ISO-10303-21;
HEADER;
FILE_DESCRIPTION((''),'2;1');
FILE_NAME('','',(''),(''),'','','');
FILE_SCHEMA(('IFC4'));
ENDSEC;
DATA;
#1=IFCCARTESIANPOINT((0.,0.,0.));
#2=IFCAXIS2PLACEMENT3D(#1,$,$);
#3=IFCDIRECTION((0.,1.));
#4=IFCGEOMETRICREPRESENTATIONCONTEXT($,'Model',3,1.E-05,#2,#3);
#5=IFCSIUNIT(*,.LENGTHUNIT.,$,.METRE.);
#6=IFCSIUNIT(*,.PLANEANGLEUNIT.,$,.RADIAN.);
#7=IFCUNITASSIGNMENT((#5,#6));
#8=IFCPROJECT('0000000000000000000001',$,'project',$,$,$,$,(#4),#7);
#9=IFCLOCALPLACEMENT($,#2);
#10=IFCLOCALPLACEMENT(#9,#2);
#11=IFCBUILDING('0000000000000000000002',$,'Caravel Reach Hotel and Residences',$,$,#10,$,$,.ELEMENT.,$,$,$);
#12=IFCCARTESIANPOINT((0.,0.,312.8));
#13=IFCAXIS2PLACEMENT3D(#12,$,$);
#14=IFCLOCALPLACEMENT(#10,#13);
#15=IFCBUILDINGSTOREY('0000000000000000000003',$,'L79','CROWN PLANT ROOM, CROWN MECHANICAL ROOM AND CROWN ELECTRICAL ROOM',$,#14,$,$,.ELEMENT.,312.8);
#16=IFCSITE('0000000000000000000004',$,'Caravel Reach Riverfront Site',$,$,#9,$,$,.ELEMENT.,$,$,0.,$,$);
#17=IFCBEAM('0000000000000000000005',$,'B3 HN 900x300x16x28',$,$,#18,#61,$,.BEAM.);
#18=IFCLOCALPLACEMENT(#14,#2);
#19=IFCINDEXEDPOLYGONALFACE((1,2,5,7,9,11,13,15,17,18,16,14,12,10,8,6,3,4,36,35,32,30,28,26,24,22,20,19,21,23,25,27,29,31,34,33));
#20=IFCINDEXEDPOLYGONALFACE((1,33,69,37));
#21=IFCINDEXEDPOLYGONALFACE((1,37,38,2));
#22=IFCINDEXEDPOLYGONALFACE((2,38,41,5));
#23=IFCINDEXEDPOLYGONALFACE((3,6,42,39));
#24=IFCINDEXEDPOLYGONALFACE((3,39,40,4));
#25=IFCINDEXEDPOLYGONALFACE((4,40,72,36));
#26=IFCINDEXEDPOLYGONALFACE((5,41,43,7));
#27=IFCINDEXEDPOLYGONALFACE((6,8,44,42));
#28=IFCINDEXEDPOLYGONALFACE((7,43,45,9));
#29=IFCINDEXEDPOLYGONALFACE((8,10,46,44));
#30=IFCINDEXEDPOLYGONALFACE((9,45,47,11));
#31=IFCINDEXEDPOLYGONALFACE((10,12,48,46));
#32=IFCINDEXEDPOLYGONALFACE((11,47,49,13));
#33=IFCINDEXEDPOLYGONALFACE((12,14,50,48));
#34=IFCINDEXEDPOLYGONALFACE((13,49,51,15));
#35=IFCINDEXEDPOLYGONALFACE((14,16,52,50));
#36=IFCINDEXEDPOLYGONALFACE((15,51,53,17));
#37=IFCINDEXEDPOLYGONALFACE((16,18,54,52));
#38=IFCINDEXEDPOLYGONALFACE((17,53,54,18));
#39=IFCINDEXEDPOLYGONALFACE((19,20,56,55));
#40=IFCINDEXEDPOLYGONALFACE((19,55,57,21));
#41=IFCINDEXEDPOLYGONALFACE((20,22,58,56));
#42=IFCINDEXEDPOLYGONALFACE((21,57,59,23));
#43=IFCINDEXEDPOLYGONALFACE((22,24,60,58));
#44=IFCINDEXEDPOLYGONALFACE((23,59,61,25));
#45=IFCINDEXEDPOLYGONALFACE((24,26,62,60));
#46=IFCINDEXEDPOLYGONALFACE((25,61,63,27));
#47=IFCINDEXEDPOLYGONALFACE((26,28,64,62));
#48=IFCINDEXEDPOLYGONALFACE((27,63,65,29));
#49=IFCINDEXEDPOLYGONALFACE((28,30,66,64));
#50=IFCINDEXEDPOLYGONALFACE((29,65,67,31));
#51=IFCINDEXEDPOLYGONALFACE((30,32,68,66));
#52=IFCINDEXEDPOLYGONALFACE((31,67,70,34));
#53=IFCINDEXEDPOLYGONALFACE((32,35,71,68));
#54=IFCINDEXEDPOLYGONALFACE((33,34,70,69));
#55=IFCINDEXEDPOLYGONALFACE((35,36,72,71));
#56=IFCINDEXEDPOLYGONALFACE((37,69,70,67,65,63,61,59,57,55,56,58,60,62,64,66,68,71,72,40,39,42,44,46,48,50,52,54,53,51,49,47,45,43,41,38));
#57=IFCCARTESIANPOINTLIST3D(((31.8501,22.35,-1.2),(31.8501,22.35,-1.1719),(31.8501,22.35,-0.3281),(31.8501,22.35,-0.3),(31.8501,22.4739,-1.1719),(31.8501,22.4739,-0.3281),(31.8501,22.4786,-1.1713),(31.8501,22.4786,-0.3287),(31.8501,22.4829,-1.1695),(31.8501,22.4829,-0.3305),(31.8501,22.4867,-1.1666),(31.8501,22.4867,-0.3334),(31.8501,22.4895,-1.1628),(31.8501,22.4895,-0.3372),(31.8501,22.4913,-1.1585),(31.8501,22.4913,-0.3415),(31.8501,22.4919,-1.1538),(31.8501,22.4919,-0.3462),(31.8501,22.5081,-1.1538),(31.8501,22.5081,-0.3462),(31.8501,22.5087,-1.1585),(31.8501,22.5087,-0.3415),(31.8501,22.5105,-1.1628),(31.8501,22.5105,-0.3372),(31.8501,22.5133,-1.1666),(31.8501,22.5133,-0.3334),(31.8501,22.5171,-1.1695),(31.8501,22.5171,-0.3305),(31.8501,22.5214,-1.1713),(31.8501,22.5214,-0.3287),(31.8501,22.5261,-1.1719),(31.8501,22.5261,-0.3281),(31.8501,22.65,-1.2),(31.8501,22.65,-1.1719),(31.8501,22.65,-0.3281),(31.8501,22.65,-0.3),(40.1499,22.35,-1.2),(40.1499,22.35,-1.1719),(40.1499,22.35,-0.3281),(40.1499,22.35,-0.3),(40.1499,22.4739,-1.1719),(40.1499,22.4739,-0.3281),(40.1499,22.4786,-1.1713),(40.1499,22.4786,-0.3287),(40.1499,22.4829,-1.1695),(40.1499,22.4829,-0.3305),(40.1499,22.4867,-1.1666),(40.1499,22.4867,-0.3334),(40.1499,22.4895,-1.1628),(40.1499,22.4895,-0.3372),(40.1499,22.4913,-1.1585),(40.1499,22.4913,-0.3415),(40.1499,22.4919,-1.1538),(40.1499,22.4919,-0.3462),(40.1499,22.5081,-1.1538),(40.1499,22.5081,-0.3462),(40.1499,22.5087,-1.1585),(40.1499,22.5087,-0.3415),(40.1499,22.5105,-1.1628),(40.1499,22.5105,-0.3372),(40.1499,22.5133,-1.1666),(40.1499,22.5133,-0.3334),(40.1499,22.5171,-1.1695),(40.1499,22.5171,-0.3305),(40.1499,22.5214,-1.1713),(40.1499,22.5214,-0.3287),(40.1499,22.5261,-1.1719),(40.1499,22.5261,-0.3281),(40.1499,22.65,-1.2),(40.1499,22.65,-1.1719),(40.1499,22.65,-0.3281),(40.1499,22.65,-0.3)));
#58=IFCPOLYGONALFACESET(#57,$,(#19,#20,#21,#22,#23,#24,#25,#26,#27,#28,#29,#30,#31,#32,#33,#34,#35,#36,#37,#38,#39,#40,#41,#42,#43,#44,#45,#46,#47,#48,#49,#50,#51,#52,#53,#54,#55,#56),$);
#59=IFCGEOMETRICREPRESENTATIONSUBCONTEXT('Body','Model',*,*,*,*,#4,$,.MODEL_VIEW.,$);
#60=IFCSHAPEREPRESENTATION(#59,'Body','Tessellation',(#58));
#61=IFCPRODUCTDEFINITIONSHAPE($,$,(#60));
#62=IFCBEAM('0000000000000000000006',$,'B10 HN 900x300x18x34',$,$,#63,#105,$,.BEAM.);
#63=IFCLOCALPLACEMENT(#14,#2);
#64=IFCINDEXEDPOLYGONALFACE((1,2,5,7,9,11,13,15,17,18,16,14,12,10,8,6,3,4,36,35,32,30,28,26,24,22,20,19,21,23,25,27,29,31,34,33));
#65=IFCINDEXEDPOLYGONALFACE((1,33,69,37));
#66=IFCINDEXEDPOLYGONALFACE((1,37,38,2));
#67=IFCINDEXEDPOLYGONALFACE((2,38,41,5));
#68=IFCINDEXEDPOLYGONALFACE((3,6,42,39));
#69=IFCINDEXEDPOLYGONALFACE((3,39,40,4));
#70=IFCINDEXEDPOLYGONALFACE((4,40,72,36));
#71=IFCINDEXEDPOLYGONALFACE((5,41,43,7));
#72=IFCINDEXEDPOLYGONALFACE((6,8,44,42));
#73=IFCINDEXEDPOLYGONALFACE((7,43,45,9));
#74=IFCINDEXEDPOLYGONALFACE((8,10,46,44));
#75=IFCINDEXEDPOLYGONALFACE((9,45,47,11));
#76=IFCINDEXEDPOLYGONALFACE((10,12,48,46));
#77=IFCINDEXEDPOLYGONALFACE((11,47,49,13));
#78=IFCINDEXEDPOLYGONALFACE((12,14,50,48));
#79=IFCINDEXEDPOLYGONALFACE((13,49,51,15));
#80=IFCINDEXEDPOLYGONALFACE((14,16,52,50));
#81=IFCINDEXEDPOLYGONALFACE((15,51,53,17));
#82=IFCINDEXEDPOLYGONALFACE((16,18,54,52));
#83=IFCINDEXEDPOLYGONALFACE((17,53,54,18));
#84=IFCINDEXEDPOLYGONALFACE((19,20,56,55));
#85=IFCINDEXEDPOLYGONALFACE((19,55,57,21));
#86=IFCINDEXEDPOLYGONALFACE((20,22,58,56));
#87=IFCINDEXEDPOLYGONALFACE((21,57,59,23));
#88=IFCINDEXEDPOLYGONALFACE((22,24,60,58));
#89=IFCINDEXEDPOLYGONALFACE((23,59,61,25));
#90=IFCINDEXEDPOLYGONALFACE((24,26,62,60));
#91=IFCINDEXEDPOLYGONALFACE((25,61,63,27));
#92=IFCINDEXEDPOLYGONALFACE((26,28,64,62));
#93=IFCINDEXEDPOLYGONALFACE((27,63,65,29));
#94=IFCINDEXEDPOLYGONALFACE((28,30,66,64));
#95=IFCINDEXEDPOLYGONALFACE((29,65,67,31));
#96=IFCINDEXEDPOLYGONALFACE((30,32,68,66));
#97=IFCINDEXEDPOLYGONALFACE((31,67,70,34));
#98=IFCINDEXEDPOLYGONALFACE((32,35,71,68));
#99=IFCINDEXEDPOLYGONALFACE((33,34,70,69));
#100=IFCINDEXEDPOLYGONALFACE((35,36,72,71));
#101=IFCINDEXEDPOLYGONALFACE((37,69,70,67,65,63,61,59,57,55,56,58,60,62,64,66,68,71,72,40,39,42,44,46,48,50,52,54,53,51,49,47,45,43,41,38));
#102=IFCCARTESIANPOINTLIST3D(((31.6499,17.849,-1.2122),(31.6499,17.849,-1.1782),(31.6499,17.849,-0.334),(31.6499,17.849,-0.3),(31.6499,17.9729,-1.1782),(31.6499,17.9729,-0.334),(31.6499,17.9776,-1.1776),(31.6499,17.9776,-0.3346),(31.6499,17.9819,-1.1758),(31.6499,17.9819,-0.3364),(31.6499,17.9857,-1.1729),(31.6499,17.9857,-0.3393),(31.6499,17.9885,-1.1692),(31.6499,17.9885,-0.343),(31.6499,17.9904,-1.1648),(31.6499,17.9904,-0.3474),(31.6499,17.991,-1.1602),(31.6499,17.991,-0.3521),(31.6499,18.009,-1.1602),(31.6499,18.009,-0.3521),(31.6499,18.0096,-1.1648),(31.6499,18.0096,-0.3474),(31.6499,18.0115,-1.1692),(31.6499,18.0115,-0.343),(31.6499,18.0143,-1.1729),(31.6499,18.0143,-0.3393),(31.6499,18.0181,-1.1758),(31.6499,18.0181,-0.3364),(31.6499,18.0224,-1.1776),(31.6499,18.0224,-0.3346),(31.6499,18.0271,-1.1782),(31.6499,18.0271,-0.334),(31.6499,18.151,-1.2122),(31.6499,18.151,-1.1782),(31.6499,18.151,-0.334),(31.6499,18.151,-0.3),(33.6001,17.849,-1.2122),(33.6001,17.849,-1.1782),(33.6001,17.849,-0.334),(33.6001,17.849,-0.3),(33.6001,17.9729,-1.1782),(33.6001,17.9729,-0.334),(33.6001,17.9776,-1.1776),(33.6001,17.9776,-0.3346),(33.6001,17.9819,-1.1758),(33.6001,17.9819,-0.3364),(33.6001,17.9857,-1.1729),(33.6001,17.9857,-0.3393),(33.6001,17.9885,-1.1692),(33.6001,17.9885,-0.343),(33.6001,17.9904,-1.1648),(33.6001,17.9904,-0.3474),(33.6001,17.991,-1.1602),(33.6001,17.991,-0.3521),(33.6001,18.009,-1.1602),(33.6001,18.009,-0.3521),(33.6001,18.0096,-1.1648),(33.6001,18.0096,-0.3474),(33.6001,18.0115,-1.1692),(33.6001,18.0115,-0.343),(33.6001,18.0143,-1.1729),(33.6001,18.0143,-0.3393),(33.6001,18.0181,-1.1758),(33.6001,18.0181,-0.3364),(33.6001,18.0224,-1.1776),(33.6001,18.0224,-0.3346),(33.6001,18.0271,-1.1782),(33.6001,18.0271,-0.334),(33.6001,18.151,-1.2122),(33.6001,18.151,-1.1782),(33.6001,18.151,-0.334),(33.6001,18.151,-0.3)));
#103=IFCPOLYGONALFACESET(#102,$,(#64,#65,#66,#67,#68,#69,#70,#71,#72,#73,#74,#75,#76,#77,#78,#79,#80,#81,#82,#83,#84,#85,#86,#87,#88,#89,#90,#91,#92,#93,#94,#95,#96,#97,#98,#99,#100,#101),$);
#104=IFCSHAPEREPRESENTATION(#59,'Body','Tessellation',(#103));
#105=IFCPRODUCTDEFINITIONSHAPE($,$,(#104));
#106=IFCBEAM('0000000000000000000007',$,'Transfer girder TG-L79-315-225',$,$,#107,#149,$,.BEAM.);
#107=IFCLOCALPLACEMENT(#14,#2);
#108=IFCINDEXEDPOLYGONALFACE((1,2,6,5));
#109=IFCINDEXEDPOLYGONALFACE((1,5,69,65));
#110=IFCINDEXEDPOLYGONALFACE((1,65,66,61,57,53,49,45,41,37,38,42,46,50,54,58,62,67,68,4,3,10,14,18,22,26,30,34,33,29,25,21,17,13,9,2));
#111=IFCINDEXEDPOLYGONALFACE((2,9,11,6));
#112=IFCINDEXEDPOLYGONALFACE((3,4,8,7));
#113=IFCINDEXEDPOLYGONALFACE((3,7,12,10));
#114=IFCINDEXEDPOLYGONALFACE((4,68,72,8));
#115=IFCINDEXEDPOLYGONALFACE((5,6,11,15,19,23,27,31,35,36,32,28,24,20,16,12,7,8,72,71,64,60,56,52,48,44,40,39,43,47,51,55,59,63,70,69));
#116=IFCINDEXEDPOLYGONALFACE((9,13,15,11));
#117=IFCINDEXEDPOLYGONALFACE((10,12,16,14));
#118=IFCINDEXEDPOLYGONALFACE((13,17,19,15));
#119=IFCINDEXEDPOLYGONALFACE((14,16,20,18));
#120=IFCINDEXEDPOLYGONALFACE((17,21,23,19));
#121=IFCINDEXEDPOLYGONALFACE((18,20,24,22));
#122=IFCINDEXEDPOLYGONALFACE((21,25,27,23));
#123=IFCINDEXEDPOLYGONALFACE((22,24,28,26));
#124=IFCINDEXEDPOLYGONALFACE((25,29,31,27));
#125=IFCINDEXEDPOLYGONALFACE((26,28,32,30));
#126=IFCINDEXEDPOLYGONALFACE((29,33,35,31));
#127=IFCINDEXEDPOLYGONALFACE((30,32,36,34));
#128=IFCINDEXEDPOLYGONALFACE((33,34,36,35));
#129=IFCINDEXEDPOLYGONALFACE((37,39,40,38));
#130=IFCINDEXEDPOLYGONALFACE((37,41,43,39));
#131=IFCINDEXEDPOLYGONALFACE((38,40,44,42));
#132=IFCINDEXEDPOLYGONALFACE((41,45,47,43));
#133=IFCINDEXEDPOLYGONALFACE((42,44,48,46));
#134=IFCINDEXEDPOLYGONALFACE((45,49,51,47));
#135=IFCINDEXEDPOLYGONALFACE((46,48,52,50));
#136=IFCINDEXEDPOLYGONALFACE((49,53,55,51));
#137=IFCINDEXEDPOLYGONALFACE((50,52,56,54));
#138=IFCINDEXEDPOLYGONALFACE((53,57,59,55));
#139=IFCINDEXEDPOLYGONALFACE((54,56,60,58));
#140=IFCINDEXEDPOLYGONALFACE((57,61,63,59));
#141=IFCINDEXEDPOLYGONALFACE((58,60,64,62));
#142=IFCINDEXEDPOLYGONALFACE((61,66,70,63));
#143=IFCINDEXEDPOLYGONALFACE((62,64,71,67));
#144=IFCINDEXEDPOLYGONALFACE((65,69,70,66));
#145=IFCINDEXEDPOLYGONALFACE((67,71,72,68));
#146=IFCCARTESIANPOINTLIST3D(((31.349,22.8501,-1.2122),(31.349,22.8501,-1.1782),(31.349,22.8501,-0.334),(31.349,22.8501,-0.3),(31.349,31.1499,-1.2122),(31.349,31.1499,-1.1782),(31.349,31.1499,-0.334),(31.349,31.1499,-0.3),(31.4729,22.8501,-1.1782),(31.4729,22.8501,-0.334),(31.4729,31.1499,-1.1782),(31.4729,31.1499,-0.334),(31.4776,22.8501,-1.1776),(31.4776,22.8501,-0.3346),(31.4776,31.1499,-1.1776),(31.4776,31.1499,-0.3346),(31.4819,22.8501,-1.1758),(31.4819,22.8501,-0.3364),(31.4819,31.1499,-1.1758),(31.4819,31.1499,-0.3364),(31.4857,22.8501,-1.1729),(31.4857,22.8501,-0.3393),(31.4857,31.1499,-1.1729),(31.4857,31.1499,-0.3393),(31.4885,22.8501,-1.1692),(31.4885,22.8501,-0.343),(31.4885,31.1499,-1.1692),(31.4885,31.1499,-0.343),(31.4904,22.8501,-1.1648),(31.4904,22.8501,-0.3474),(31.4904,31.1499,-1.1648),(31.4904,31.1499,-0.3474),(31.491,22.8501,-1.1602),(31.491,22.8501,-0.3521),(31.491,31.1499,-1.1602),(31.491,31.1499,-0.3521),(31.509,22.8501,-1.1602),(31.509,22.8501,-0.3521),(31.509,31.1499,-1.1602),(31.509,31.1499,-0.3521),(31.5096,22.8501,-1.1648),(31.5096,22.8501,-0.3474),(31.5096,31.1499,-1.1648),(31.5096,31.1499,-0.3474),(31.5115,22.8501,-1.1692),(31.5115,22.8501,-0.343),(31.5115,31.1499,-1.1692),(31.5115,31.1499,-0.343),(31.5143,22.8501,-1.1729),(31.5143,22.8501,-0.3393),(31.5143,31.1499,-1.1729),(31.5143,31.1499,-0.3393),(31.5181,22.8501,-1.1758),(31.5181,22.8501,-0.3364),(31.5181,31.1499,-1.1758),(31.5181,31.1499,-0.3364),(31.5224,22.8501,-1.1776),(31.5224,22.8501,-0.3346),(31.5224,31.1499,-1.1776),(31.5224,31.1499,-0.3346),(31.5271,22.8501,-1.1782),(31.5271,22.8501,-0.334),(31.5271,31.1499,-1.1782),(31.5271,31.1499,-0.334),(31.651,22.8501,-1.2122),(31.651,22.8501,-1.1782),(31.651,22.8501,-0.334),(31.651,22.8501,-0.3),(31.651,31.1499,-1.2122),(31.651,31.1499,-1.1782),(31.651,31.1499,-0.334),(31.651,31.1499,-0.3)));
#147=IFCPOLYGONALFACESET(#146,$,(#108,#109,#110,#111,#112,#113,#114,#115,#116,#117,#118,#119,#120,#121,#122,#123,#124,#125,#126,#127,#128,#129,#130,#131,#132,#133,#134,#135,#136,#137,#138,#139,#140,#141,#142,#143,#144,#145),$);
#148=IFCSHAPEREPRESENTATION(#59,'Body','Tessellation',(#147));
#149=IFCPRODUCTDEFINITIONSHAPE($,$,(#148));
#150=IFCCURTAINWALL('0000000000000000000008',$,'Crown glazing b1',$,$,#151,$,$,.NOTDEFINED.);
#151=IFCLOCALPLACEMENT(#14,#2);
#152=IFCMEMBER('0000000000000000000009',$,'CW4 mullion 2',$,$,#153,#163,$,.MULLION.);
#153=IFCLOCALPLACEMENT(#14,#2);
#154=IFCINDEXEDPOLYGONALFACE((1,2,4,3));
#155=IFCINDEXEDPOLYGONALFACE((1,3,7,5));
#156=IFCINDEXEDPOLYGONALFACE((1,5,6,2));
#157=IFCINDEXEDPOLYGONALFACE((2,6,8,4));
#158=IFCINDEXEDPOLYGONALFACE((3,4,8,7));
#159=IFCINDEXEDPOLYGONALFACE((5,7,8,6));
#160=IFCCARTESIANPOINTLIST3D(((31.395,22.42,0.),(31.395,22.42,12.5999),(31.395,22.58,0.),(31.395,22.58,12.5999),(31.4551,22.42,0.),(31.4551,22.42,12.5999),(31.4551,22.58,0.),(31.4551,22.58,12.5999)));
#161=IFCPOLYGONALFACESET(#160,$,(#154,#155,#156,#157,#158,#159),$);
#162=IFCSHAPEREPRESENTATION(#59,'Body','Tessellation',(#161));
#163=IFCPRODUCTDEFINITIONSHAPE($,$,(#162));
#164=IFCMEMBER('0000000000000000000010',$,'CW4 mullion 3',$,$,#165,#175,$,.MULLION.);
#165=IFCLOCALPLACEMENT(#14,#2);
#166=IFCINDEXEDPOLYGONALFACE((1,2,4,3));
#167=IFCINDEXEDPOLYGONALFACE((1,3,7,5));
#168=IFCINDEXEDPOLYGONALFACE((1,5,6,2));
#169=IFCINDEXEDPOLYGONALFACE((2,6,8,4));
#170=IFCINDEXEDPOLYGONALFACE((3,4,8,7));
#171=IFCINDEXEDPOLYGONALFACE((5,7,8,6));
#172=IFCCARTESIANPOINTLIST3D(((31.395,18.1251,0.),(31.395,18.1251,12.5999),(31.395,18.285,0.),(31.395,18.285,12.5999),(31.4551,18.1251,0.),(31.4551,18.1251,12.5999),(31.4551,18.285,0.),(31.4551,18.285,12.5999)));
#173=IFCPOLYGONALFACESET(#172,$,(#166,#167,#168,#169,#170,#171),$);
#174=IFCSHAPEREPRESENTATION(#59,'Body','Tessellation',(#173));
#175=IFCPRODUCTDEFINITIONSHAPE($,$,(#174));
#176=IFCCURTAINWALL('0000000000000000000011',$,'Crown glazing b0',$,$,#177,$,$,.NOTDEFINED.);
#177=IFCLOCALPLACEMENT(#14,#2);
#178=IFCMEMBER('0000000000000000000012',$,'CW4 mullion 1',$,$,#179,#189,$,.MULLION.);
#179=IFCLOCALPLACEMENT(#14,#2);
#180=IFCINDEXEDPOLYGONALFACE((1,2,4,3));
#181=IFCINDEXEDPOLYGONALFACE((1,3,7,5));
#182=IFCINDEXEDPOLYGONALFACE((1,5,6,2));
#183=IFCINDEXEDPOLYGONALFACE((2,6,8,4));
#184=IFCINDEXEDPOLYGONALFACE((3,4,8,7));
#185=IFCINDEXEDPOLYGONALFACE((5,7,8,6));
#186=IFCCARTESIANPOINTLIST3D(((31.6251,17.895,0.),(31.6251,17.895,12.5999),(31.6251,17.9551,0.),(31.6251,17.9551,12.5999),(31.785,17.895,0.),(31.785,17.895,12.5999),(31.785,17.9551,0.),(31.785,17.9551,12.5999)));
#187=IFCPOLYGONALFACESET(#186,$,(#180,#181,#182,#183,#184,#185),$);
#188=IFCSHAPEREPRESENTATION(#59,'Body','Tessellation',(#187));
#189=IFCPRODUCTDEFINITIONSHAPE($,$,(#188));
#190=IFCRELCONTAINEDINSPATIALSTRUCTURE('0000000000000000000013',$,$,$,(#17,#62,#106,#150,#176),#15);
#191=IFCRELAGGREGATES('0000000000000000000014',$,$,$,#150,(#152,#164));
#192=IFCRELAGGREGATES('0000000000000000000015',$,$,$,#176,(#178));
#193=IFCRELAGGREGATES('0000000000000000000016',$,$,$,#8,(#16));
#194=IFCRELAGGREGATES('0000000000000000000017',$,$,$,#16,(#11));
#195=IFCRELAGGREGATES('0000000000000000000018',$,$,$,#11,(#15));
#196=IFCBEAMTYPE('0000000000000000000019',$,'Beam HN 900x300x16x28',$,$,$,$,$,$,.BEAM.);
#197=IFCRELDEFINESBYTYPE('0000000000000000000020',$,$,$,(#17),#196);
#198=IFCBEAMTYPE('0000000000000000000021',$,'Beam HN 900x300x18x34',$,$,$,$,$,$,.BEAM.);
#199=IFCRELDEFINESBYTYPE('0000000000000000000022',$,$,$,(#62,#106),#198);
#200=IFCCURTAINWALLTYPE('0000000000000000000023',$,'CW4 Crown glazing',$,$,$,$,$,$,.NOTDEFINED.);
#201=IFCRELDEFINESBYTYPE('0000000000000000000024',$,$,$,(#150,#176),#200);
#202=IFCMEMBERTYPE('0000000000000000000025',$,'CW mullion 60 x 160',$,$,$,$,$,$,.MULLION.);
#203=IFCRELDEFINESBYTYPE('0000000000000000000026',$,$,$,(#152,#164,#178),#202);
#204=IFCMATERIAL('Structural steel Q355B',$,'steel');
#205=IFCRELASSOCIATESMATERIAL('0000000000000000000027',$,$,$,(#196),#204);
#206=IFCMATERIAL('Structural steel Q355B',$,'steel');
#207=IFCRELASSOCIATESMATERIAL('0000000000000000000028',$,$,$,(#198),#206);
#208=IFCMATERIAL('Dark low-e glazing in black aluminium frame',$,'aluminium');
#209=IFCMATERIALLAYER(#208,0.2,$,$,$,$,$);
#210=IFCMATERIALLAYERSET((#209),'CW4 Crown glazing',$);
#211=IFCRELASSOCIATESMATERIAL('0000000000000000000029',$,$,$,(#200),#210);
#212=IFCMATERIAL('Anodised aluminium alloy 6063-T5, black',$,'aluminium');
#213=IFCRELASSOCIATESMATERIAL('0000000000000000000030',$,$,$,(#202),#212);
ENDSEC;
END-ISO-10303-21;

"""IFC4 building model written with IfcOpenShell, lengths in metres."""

from ifc_helpers import new_model, si_unit, direction, frame, origin, origin_2d, place, context, subcontext, project, spatial, rectangle, i_section, extrude, material, layer, layer_set, material_profile, profile_set, type_object, element, aggregate, save


model = new_model("IFC4")

# Units and contexts
model_context = context("Model", 3, precision=1e-05, world=origin(), true_north=direction((0.0, 1.0)))
body_context = subcontext(model_context, "Body", "Model", "MODEL_VIEW")
ifc_project = project(units=[si_unit("LENGTHUNIT", "METRE"), si_unit("PLANEANGLEUNIT", "RADIAN")], contexts=[model_context])

# Site, building, storey
site_placement = place(None, origin())
site = spatial("IfcSite", under=ifc_project, at=site_placement, Name="Caravel Reach Riverfront Site", CompositionType="ELEMENT", RefElevation=0.0)
building_placement = place(site_placement, origin())
building = spatial("IfcBuilding", under=site, at=building_placement, Name="Caravel Reach Hotel and Residences", CompositionType="ELEMENT")
storey_placement = place(building_placement, frame((0.0, 0.0, 312.8)))
storey = spatial("IfcBuildingStorey", under=building, at=storey_placement, Name="L79", Description="CROWN PLANT ROOM, CROWN MECHANICAL ROOM AND CROWN ELECTRICAL ROOM", CompositionType="ELEMENT", Elevation=312.8)

# Beams
ifc_material_1 = material(Name="Structural steel Q355B", Category="steel")
ifc_material_profile_1 = material_profile(ifc_material_1, i_section(OverallWidth=0.3, OverallDepth=0.8999, WebThickness=0.0161, FlangeThickness=0.0281, FilletRadius=0.0181, at=origin_2d()), Name="HN 900x300x16x28")
ifc_profile_set_1 = profile_set([ifc_material_profile_1], Name="Structural steel Q355B")
beam_type_1 = type_object("IfcBeamType", Name="Beam HN 900x300x16x28", PredefinedType="BEAM", material=ifc_profile_set_1)
beam_1_placement = place(storey_placement, frame((31.8501, 22.5, -0.75), z_axis=(1.0, 0.0, 0.0), x_axis=(0.0, 1.0, 0.0)))
element("IfcBeam", 1, at=beam_1_placement, inside=storey, type_object=beam_type_1, Name="B3 HN 900x300x16x28", PredefinedType="BEAM", context=body_context, shape_type="SweptSolid", body=[
    extrude(i_section(OverallWidth=0.3, OverallDepth=0.8999, WebThickness=0.0161, FlangeThickness=0.0281, FilletRadius=0.0181, at=origin_2d()), origin(), (0.0, 0.0, 1.0), 8.2998),
])
ifc_material_2 = material(Name="Structural steel Q355B", Category="steel")
ifc_material_profile_2 = material_profile(ifc_material_2, i_section(OverallWidth=0.302, OverallDepth=0.9121, WebThickness=0.0181, FlangeThickness=0.0339, FilletRadius=0.0181, at=origin_2d()), Name="HN 900x300x18x34")
ifc_profile_set_2 = profile_set([ifc_material_profile_2], Name="Structural steel Q355B")
beam_type_2 = type_object("IfcBeamType", Name="Beam HN 900x300x18x34", PredefinedType="BEAM", material=ifc_profile_set_2)
beam_2_placement = place(storey_placement, frame((31.6499, 18.0, -0.7561), z_axis=(1.0, 0.0, 0.0), x_axis=(0.0, 1.0, 0.0)))
element("IfcBeam", 2, at=beam_2_placement, inside=storey, type_object=beam_type_2, Name="B10 HN 900x300x18x34", PredefinedType="BEAM", context=body_context, shape_type="SweptSolid", body=[
    extrude(i_section(OverallWidth=0.302, OverallDepth=0.9121, WebThickness=0.0181, FlangeThickness=0.0339, FilletRadius=0.0181, at=origin_2d()), origin(), (0.0, 0.0, 1.0), 1.9502),
])
beam_3_placement = place(storey_placement, frame((31.5, 22.8501, -0.7561), z_axis=(0.0, 1.0, 0.0), x_axis=(-1.0, 0.0, 0.0)))
element("IfcBeam", 3, at=beam_3_placement, inside=storey, type_object=beam_type_2, Name="Transfer girder TG-L79-315-225", PredefinedType="BEAM", context=body_context, shape_type="SweptSolid", body=[
    extrude(i_section(OverallWidth=0.302, OverallDepth=0.9121, WebThickness=0.0181, FlangeThickness=0.0339, FilletRadius=0.0181, at=origin_2d()), origin(), (0.0, 0.0, 1.0), 8.2998),
])

# Curtain walls, members
ifc_material_3 = material(Name="Dark low-e glazing in black aluminium frame", Category="aluminium")
ifc_layer_1 = layer(ifc_material_3, 0.2)
ifc_layer_set_1 = layer_set([ifc_layer_1], Name="CW4 Crown glazing")
curtain_wall_type = type_object("IfcCurtainWallType", Name="CW4 Crown glazing", PredefinedType="NOTDEFINED", material=ifc_layer_set_1)
curtain_wall_1_placement = place(storey_placement, origin())
curtain_wall_1 = element("IfcCurtainWall", 4, at=curtain_wall_1_placement, inside=storey, type_object=curtain_wall_type, Name="Crown glazing b1", PredefinedType="NOTDEFINED")
ifc_material_4 = material(Name="Anodised aluminium alloy 6063-T5, black", Category="aluminium")
ifc_material_profile_3 = material_profile(ifc_material_4, rectangle(XDim=0.0601, YDim=0.1599, at=origin_2d()), Name="CW mullion 60 x 160")
ifc_profile_set_3 = profile_set([ifc_material_profile_3], Name="Anodised aluminium alloy 6063-T5, black")
member_type_1 = type_object("IfcMemberType", Name="CW mullion 60 x 160", PredefinedType="MULLION", material=ifc_profile_set_3)
member_1_placement = place(storey_placement, frame((31.425, 22.5, 0.0), z_axis=(0.0, 0.0, 1.0), x_axis=(1.0, 0.0, 0.0)))
member_1 = element("IfcMember", 5, at=member_1_placement, type_object=member_type_1, Name="CW4 mullion 2", PredefinedType="MULLION", context=body_context, shape_type="SweptSolid", body=[
    extrude(rectangle(XDim=0.0601, YDim=0.1599, at=origin_2d()), origin(), (0.0, 0.0, 1.0), 12.5999),
])
member_2_placement = place(storey_placement, frame((31.425, 18.2051, 0.0), z_axis=(0.0, 0.0, 1.0), x_axis=(1.0, 0.0, 0.0)))
member_2 = element("IfcMember", 6, at=member_2_placement, type_object=member_type_1, Name="CW4 mullion 3", PredefinedType="MULLION", context=body_context, shape_type="SweptSolid", body=[
    extrude(rectangle(XDim=0.0601, YDim=0.1599, at=origin_2d()), origin(), (0.0, 0.0, 1.0), 12.5999),
])
curtain_wall_2_placement = place(storey_placement, origin())
curtain_wall_2 = element("IfcCurtainWall", 7, at=curtain_wall_2_placement, inside=storey, type_object=curtain_wall_type, Name="Crown glazing b0", PredefinedType="NOTDEFINED")
member_3_placement = place(storey_placement, frame((31.7051, 17.925, 0.0), z_axis=(0.0, 0.0, 1.0), x_axis=(0.0, 1.0, 0.0)))
member_3 = element("IfcMember", 8, at=member_3_placement, type_object=member_type_1, Name="CW4 mullion 1", PredefinedType="MULLION", context=body_context, shape_type="SweptSolid", body=[
    extrude(rectangle(XDim=0.0601, YDim=0.1599, at=origin_2d()), origin(), (0.0, 0.0, 1.0), 12.5999),
])

aggregate(curtain_wall_1, [member_1, member_2])

aggregate(curtain_wall_2, [member_3])

save(model, "model.ifc")
